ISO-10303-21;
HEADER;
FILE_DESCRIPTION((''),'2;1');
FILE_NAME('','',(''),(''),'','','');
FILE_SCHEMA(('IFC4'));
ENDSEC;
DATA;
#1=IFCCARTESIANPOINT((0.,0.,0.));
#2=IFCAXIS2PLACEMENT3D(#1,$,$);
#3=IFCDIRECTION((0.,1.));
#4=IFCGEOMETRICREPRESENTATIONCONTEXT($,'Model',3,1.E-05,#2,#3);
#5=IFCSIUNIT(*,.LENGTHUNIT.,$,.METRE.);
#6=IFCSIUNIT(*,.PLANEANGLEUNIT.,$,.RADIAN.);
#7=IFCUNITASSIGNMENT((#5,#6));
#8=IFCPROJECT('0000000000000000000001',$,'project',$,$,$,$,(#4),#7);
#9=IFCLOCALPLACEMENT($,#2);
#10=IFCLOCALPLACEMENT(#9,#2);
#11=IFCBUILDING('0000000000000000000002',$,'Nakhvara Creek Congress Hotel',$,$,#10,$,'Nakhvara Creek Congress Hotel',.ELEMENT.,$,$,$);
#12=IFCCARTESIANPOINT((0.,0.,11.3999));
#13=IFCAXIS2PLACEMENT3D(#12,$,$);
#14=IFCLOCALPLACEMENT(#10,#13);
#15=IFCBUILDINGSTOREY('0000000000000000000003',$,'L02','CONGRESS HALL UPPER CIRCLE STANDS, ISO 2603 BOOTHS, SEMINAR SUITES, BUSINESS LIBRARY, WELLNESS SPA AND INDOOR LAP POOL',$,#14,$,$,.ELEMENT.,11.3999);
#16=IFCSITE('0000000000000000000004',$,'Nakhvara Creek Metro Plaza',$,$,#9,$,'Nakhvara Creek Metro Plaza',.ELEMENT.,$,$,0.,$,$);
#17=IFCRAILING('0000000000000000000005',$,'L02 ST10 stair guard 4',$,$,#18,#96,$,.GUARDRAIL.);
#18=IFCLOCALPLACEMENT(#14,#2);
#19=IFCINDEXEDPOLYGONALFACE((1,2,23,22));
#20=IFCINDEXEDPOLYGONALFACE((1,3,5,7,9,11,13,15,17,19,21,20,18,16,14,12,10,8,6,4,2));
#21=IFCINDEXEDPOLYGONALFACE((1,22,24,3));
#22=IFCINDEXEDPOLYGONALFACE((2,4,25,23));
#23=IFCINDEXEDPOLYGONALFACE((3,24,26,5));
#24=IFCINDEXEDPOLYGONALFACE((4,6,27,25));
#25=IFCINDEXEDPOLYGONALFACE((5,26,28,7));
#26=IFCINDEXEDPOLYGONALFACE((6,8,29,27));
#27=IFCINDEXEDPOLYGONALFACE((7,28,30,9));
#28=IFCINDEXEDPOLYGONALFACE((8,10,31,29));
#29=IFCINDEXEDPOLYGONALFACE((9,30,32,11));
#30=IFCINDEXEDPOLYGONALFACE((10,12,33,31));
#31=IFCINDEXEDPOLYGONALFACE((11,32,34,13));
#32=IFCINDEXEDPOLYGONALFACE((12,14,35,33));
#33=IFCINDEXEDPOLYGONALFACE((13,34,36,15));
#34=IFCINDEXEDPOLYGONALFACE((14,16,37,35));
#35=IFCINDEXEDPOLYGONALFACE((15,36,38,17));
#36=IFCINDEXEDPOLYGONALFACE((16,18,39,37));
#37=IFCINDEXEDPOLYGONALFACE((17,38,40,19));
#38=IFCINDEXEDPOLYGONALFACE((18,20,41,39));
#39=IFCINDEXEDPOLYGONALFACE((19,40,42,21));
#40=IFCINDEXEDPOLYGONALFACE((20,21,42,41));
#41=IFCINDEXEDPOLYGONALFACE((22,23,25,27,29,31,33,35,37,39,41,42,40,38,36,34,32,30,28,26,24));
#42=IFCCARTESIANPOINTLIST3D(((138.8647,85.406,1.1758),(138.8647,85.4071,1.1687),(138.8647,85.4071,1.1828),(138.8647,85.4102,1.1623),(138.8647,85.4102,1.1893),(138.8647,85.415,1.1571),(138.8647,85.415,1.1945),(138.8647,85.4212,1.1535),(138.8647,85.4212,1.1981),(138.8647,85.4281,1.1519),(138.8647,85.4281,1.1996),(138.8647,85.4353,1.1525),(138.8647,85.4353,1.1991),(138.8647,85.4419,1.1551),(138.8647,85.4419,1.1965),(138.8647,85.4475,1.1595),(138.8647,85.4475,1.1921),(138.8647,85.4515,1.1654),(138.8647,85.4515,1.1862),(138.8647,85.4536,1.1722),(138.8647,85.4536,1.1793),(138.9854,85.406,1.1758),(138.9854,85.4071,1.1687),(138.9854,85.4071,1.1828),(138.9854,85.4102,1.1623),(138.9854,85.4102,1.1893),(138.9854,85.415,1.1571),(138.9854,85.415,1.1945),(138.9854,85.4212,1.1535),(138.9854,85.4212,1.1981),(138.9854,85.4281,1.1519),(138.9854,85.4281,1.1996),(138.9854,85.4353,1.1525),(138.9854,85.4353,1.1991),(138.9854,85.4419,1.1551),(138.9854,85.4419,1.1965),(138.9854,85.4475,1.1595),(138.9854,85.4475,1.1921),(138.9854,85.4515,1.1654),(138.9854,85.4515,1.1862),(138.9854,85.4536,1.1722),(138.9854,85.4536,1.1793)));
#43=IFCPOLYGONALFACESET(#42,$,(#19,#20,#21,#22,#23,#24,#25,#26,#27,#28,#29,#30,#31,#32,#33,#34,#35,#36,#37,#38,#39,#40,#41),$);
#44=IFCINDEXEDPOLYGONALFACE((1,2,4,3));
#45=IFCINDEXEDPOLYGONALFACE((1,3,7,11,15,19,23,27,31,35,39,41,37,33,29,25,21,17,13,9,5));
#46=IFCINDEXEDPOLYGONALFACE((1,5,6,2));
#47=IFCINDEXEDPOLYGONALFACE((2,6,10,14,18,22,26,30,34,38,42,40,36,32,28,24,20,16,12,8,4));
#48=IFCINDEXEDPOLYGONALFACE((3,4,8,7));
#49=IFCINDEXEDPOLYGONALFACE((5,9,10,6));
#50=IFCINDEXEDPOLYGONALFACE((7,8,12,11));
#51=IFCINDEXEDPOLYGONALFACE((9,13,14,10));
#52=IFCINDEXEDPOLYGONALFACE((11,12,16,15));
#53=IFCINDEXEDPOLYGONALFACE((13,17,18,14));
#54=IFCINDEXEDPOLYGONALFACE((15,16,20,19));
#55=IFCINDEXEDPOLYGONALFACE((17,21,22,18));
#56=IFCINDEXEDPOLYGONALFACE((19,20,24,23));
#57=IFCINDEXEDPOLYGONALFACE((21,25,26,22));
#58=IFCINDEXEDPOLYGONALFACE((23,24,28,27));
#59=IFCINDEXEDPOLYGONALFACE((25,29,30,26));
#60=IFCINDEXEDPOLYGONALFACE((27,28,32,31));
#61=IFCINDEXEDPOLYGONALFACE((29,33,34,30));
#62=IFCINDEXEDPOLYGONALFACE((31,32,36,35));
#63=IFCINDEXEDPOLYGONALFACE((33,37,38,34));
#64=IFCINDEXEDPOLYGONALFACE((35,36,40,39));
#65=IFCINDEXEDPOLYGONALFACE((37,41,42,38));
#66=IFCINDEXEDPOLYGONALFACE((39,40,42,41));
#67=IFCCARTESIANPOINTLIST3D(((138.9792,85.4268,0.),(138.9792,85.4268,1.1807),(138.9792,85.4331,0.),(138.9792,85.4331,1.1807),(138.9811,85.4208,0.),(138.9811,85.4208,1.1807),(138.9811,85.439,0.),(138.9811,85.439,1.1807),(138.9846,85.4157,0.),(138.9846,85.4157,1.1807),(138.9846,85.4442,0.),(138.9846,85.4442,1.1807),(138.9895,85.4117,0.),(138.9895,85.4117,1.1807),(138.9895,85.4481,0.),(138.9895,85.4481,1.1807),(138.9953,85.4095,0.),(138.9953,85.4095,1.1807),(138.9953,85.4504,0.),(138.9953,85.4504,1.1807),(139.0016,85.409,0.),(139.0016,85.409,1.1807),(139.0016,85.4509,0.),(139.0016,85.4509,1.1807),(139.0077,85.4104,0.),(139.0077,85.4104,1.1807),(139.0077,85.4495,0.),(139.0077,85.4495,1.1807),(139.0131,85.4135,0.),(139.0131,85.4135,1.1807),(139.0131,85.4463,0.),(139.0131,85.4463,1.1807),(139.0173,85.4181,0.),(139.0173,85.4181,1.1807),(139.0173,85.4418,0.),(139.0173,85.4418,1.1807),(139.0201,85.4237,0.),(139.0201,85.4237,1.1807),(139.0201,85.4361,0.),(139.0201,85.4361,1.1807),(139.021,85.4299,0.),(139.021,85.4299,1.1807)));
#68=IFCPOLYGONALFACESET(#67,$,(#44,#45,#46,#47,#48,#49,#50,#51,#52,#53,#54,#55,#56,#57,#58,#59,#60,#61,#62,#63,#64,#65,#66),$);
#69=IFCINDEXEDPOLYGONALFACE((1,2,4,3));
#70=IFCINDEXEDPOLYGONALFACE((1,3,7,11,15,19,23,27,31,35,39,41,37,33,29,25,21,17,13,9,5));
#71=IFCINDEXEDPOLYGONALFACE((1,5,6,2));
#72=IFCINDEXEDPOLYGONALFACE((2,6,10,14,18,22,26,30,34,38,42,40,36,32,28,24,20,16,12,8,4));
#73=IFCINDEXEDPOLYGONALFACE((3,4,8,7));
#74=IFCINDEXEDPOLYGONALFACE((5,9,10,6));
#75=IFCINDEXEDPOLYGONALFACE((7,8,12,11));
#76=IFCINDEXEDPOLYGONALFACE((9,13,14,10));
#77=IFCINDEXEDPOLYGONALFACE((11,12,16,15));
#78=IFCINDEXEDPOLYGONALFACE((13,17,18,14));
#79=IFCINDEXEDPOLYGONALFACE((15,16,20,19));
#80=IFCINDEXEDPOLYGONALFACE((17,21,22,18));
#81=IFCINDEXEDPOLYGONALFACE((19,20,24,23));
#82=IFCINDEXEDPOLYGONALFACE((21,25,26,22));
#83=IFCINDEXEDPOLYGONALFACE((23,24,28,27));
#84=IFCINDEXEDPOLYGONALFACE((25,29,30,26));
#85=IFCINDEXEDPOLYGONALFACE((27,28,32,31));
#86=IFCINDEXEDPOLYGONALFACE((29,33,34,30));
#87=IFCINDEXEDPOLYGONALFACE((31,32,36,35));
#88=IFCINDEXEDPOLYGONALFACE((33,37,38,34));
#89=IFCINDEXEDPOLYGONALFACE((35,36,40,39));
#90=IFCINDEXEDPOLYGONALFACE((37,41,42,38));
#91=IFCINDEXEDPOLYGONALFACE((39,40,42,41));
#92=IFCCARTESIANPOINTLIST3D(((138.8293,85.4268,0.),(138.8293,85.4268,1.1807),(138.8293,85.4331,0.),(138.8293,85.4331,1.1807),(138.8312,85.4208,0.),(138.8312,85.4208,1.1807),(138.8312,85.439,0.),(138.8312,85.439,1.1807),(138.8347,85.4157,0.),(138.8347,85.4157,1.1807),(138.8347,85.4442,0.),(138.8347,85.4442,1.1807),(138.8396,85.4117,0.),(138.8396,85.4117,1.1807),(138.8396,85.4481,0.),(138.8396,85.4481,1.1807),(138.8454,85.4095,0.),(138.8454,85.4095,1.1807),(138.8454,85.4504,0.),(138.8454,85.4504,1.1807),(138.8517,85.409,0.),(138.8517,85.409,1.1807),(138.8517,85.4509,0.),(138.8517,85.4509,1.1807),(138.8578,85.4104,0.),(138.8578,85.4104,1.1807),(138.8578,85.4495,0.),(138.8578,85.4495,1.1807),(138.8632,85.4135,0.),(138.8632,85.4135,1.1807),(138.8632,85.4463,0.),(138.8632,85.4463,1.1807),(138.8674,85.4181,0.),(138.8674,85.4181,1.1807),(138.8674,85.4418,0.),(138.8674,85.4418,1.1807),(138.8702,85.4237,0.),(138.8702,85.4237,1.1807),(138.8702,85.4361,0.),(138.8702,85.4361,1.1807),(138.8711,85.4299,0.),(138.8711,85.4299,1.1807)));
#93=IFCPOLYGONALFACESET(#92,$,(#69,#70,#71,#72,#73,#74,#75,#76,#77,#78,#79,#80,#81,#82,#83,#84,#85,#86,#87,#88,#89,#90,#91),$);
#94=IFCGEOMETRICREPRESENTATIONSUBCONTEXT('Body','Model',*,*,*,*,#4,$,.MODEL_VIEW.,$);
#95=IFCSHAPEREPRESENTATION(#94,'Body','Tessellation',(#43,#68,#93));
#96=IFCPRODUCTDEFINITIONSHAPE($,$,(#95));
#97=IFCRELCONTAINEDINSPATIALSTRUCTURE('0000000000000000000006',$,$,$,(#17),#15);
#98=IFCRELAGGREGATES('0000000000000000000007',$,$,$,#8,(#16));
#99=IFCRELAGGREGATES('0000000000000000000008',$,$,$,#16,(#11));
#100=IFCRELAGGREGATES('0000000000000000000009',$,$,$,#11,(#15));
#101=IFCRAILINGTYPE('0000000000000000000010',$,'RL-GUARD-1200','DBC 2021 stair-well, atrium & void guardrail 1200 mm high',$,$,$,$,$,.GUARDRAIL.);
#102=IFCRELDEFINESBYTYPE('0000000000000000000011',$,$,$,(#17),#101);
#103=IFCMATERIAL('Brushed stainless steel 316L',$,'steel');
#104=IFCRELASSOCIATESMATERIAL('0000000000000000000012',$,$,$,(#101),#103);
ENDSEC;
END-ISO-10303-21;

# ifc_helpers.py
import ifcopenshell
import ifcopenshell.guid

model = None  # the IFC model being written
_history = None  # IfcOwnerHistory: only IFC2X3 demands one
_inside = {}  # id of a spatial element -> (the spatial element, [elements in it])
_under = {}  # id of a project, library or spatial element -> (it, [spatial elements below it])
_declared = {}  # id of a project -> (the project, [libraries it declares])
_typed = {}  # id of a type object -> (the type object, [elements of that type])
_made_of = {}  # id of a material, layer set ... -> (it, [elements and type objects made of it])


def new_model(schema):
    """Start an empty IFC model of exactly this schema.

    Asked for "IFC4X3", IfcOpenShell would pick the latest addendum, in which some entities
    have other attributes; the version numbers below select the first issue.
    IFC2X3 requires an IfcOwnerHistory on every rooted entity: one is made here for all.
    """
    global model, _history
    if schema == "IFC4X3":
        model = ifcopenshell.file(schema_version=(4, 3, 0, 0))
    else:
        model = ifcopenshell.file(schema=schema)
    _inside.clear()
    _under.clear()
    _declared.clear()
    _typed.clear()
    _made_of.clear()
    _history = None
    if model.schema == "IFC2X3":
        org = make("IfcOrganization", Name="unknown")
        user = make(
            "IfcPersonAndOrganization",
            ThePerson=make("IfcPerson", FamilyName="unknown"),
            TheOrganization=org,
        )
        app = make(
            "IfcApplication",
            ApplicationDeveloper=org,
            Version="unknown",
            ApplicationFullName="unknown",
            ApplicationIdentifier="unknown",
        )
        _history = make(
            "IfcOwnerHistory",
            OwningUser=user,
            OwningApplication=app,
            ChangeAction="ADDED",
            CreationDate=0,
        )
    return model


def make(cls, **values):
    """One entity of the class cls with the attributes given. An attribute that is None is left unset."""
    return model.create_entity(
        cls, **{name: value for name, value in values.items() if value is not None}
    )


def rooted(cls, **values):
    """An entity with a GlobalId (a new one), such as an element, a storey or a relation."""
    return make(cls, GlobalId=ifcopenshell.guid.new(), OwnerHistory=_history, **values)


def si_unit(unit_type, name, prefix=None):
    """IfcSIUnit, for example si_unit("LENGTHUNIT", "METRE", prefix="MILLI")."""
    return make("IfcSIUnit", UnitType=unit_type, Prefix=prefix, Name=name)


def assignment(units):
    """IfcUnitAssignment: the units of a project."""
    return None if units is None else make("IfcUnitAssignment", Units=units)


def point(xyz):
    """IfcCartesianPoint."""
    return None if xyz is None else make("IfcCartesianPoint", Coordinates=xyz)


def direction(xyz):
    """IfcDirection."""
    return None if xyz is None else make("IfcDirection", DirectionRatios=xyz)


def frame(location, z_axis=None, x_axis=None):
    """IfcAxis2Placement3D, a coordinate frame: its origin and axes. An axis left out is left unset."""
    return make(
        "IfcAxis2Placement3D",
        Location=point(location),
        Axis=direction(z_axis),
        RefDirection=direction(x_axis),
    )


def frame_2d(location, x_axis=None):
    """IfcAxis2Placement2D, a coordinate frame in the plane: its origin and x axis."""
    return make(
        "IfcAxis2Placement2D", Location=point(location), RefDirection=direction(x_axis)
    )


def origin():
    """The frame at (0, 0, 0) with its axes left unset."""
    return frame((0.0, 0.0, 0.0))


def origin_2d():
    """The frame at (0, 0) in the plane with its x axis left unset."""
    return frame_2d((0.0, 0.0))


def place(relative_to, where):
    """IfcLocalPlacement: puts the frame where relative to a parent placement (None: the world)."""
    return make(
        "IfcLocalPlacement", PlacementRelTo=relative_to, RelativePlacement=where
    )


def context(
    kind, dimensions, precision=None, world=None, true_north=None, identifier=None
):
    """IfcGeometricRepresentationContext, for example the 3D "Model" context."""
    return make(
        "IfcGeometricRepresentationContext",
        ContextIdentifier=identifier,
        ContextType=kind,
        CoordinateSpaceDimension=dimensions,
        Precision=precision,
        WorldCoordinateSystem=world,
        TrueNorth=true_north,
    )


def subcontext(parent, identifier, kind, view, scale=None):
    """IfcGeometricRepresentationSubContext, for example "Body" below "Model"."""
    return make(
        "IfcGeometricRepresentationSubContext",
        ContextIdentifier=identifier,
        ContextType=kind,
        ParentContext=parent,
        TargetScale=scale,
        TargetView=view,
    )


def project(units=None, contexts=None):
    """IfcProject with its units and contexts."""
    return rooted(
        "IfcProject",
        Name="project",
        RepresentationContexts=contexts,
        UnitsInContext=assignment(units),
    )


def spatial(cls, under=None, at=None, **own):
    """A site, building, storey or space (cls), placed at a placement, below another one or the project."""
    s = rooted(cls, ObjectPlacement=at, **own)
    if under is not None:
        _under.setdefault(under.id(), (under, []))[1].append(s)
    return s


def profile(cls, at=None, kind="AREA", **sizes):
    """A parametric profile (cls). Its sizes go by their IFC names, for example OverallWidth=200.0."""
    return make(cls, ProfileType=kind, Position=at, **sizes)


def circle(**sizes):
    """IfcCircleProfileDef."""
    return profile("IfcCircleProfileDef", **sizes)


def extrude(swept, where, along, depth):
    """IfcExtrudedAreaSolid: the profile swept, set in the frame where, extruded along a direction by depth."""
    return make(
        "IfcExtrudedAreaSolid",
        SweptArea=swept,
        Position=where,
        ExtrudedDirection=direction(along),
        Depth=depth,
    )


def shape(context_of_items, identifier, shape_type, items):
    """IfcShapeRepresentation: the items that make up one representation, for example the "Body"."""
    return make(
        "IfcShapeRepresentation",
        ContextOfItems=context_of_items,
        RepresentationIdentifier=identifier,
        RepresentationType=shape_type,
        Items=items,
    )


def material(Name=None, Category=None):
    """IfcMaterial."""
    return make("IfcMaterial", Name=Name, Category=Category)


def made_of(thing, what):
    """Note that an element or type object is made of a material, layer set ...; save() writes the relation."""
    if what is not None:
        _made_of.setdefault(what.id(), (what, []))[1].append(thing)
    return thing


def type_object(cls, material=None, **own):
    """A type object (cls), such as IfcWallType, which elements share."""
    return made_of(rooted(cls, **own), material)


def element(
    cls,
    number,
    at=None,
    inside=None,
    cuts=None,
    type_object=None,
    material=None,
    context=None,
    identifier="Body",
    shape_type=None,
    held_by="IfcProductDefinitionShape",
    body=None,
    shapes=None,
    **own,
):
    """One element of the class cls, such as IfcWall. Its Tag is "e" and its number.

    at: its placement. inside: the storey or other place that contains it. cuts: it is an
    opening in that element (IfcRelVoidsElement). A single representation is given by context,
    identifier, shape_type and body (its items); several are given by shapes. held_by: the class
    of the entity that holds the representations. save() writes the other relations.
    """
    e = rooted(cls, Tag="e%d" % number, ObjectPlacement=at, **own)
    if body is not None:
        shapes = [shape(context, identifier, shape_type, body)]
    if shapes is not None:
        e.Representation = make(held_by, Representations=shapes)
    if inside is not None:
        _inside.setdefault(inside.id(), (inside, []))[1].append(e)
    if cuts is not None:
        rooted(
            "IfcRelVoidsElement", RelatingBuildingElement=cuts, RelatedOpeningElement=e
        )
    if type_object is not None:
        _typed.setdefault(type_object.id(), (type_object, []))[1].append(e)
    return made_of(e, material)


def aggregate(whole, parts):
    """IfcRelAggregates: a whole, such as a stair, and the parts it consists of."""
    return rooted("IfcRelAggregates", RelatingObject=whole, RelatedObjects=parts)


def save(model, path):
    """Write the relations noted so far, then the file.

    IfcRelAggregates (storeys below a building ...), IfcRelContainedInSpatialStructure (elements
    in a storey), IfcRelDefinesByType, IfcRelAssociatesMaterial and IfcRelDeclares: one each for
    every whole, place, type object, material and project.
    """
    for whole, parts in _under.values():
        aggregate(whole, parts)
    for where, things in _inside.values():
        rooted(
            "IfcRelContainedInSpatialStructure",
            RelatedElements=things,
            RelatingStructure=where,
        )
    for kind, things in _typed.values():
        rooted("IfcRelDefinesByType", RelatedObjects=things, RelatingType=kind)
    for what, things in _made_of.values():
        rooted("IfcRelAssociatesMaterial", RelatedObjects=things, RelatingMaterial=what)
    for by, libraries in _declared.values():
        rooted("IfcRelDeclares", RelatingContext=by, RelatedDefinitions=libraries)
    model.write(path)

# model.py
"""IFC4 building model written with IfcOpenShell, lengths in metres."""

from ifc_helpers import new_model, si_unit, direction, frame, origin, origin_2d, place, context, subcontext, project, spatial, circle, extrude, material, type_object, element, save


model = new_model("IFC4")

# Units and contexts
model_context = context("Model", 3, precision=1e-05, world=origin(), true_north=direction((0.0, 1.0)))
body_context = subcontext(model_context, "Body", "Model", "MODEL_VIEW")
ifc_project = project(units=[si_unit("LENGTHUNIT", "METRE"), si_unit("PLANEANGLEUNIT", "RADIAN")], contexts=[model_context])

# Site, building, storey
site_placement = place(None, origin())
site = spatial("IfcSite", under=ifc_project, at=site_placement, Name="Nakhvara Creek Metro Plaza", LongName="Nakhvara Creek Metro Plaza", CompositionType="ELEMENT", RefElevation=0.0)
building_placement = place(site_placement, origin())
building = spatial("IfcBuilding", under=site, at=building_placement, Name="Nakhvara Creek Congress Hotel", LongName="Nakhvara Creek Congress Hotel", CompositionType="ELEMENT")
storey_placement = place(building_placement, frame((0.0, 0.0, 11.3999)))
storey = spatial("IfcBuildingStorey", under=building, at=storey_placement, Name="L02", Description="CONGRESS HALL UPPER CIRCLE STANDS, ISO 2603 BOOTHS, SEMINAR SUITES, BUSINESS LIBRARY, WELLNESS SPA AND INDOOR LAP POOL", CompositionType="ELEMENT", Elevation=11.3999)

# Railing
ifc_material_1 = material(Name="Brushed stainless steel 316L", Category="steel")
railing_type_1 = type_object("IfcRailingType", Name="RL-GUARD-1200", Description="DBC 2021 stair-well, atrium & void guardrail 1200 mm high", PredefinedType="GUARDRAIL", material=ifc_material_1)
railing_1_placement = place(storey_placement, frame((139.0, 85.4299, 0.0)))
element("IfcRailing", 1, at=railing_1_placement, inside=storey, type_object=railing_type_1, Name="L02 ST10 stair guard 4", PredefinedType="GUARDRAIL", context=body_context, shape_type="SweptSolid", body=[
    extrude(circle(Radius=0.0239, at=origin_2d()), frame((-0.0146, 0.0, 1.1758), z_axis=(-1.0, 0.0, 0.0), x_axis=(0.0, -1.0, 0.0)), (0.0, 0.0, 1.0), 0.1206),
    extrude(circle(Radius=0.021, at=origin_2d()), origin(), (0.0, 0.0, 1.0), 1.1807),
    extrude(circle(Radius=0.021, at=origin_2d()), frame((-0.1499, 0.0, 0.0)), (0.0, 0.0, 1.0), 1.1807),
])

save(model, "model.ifc")
